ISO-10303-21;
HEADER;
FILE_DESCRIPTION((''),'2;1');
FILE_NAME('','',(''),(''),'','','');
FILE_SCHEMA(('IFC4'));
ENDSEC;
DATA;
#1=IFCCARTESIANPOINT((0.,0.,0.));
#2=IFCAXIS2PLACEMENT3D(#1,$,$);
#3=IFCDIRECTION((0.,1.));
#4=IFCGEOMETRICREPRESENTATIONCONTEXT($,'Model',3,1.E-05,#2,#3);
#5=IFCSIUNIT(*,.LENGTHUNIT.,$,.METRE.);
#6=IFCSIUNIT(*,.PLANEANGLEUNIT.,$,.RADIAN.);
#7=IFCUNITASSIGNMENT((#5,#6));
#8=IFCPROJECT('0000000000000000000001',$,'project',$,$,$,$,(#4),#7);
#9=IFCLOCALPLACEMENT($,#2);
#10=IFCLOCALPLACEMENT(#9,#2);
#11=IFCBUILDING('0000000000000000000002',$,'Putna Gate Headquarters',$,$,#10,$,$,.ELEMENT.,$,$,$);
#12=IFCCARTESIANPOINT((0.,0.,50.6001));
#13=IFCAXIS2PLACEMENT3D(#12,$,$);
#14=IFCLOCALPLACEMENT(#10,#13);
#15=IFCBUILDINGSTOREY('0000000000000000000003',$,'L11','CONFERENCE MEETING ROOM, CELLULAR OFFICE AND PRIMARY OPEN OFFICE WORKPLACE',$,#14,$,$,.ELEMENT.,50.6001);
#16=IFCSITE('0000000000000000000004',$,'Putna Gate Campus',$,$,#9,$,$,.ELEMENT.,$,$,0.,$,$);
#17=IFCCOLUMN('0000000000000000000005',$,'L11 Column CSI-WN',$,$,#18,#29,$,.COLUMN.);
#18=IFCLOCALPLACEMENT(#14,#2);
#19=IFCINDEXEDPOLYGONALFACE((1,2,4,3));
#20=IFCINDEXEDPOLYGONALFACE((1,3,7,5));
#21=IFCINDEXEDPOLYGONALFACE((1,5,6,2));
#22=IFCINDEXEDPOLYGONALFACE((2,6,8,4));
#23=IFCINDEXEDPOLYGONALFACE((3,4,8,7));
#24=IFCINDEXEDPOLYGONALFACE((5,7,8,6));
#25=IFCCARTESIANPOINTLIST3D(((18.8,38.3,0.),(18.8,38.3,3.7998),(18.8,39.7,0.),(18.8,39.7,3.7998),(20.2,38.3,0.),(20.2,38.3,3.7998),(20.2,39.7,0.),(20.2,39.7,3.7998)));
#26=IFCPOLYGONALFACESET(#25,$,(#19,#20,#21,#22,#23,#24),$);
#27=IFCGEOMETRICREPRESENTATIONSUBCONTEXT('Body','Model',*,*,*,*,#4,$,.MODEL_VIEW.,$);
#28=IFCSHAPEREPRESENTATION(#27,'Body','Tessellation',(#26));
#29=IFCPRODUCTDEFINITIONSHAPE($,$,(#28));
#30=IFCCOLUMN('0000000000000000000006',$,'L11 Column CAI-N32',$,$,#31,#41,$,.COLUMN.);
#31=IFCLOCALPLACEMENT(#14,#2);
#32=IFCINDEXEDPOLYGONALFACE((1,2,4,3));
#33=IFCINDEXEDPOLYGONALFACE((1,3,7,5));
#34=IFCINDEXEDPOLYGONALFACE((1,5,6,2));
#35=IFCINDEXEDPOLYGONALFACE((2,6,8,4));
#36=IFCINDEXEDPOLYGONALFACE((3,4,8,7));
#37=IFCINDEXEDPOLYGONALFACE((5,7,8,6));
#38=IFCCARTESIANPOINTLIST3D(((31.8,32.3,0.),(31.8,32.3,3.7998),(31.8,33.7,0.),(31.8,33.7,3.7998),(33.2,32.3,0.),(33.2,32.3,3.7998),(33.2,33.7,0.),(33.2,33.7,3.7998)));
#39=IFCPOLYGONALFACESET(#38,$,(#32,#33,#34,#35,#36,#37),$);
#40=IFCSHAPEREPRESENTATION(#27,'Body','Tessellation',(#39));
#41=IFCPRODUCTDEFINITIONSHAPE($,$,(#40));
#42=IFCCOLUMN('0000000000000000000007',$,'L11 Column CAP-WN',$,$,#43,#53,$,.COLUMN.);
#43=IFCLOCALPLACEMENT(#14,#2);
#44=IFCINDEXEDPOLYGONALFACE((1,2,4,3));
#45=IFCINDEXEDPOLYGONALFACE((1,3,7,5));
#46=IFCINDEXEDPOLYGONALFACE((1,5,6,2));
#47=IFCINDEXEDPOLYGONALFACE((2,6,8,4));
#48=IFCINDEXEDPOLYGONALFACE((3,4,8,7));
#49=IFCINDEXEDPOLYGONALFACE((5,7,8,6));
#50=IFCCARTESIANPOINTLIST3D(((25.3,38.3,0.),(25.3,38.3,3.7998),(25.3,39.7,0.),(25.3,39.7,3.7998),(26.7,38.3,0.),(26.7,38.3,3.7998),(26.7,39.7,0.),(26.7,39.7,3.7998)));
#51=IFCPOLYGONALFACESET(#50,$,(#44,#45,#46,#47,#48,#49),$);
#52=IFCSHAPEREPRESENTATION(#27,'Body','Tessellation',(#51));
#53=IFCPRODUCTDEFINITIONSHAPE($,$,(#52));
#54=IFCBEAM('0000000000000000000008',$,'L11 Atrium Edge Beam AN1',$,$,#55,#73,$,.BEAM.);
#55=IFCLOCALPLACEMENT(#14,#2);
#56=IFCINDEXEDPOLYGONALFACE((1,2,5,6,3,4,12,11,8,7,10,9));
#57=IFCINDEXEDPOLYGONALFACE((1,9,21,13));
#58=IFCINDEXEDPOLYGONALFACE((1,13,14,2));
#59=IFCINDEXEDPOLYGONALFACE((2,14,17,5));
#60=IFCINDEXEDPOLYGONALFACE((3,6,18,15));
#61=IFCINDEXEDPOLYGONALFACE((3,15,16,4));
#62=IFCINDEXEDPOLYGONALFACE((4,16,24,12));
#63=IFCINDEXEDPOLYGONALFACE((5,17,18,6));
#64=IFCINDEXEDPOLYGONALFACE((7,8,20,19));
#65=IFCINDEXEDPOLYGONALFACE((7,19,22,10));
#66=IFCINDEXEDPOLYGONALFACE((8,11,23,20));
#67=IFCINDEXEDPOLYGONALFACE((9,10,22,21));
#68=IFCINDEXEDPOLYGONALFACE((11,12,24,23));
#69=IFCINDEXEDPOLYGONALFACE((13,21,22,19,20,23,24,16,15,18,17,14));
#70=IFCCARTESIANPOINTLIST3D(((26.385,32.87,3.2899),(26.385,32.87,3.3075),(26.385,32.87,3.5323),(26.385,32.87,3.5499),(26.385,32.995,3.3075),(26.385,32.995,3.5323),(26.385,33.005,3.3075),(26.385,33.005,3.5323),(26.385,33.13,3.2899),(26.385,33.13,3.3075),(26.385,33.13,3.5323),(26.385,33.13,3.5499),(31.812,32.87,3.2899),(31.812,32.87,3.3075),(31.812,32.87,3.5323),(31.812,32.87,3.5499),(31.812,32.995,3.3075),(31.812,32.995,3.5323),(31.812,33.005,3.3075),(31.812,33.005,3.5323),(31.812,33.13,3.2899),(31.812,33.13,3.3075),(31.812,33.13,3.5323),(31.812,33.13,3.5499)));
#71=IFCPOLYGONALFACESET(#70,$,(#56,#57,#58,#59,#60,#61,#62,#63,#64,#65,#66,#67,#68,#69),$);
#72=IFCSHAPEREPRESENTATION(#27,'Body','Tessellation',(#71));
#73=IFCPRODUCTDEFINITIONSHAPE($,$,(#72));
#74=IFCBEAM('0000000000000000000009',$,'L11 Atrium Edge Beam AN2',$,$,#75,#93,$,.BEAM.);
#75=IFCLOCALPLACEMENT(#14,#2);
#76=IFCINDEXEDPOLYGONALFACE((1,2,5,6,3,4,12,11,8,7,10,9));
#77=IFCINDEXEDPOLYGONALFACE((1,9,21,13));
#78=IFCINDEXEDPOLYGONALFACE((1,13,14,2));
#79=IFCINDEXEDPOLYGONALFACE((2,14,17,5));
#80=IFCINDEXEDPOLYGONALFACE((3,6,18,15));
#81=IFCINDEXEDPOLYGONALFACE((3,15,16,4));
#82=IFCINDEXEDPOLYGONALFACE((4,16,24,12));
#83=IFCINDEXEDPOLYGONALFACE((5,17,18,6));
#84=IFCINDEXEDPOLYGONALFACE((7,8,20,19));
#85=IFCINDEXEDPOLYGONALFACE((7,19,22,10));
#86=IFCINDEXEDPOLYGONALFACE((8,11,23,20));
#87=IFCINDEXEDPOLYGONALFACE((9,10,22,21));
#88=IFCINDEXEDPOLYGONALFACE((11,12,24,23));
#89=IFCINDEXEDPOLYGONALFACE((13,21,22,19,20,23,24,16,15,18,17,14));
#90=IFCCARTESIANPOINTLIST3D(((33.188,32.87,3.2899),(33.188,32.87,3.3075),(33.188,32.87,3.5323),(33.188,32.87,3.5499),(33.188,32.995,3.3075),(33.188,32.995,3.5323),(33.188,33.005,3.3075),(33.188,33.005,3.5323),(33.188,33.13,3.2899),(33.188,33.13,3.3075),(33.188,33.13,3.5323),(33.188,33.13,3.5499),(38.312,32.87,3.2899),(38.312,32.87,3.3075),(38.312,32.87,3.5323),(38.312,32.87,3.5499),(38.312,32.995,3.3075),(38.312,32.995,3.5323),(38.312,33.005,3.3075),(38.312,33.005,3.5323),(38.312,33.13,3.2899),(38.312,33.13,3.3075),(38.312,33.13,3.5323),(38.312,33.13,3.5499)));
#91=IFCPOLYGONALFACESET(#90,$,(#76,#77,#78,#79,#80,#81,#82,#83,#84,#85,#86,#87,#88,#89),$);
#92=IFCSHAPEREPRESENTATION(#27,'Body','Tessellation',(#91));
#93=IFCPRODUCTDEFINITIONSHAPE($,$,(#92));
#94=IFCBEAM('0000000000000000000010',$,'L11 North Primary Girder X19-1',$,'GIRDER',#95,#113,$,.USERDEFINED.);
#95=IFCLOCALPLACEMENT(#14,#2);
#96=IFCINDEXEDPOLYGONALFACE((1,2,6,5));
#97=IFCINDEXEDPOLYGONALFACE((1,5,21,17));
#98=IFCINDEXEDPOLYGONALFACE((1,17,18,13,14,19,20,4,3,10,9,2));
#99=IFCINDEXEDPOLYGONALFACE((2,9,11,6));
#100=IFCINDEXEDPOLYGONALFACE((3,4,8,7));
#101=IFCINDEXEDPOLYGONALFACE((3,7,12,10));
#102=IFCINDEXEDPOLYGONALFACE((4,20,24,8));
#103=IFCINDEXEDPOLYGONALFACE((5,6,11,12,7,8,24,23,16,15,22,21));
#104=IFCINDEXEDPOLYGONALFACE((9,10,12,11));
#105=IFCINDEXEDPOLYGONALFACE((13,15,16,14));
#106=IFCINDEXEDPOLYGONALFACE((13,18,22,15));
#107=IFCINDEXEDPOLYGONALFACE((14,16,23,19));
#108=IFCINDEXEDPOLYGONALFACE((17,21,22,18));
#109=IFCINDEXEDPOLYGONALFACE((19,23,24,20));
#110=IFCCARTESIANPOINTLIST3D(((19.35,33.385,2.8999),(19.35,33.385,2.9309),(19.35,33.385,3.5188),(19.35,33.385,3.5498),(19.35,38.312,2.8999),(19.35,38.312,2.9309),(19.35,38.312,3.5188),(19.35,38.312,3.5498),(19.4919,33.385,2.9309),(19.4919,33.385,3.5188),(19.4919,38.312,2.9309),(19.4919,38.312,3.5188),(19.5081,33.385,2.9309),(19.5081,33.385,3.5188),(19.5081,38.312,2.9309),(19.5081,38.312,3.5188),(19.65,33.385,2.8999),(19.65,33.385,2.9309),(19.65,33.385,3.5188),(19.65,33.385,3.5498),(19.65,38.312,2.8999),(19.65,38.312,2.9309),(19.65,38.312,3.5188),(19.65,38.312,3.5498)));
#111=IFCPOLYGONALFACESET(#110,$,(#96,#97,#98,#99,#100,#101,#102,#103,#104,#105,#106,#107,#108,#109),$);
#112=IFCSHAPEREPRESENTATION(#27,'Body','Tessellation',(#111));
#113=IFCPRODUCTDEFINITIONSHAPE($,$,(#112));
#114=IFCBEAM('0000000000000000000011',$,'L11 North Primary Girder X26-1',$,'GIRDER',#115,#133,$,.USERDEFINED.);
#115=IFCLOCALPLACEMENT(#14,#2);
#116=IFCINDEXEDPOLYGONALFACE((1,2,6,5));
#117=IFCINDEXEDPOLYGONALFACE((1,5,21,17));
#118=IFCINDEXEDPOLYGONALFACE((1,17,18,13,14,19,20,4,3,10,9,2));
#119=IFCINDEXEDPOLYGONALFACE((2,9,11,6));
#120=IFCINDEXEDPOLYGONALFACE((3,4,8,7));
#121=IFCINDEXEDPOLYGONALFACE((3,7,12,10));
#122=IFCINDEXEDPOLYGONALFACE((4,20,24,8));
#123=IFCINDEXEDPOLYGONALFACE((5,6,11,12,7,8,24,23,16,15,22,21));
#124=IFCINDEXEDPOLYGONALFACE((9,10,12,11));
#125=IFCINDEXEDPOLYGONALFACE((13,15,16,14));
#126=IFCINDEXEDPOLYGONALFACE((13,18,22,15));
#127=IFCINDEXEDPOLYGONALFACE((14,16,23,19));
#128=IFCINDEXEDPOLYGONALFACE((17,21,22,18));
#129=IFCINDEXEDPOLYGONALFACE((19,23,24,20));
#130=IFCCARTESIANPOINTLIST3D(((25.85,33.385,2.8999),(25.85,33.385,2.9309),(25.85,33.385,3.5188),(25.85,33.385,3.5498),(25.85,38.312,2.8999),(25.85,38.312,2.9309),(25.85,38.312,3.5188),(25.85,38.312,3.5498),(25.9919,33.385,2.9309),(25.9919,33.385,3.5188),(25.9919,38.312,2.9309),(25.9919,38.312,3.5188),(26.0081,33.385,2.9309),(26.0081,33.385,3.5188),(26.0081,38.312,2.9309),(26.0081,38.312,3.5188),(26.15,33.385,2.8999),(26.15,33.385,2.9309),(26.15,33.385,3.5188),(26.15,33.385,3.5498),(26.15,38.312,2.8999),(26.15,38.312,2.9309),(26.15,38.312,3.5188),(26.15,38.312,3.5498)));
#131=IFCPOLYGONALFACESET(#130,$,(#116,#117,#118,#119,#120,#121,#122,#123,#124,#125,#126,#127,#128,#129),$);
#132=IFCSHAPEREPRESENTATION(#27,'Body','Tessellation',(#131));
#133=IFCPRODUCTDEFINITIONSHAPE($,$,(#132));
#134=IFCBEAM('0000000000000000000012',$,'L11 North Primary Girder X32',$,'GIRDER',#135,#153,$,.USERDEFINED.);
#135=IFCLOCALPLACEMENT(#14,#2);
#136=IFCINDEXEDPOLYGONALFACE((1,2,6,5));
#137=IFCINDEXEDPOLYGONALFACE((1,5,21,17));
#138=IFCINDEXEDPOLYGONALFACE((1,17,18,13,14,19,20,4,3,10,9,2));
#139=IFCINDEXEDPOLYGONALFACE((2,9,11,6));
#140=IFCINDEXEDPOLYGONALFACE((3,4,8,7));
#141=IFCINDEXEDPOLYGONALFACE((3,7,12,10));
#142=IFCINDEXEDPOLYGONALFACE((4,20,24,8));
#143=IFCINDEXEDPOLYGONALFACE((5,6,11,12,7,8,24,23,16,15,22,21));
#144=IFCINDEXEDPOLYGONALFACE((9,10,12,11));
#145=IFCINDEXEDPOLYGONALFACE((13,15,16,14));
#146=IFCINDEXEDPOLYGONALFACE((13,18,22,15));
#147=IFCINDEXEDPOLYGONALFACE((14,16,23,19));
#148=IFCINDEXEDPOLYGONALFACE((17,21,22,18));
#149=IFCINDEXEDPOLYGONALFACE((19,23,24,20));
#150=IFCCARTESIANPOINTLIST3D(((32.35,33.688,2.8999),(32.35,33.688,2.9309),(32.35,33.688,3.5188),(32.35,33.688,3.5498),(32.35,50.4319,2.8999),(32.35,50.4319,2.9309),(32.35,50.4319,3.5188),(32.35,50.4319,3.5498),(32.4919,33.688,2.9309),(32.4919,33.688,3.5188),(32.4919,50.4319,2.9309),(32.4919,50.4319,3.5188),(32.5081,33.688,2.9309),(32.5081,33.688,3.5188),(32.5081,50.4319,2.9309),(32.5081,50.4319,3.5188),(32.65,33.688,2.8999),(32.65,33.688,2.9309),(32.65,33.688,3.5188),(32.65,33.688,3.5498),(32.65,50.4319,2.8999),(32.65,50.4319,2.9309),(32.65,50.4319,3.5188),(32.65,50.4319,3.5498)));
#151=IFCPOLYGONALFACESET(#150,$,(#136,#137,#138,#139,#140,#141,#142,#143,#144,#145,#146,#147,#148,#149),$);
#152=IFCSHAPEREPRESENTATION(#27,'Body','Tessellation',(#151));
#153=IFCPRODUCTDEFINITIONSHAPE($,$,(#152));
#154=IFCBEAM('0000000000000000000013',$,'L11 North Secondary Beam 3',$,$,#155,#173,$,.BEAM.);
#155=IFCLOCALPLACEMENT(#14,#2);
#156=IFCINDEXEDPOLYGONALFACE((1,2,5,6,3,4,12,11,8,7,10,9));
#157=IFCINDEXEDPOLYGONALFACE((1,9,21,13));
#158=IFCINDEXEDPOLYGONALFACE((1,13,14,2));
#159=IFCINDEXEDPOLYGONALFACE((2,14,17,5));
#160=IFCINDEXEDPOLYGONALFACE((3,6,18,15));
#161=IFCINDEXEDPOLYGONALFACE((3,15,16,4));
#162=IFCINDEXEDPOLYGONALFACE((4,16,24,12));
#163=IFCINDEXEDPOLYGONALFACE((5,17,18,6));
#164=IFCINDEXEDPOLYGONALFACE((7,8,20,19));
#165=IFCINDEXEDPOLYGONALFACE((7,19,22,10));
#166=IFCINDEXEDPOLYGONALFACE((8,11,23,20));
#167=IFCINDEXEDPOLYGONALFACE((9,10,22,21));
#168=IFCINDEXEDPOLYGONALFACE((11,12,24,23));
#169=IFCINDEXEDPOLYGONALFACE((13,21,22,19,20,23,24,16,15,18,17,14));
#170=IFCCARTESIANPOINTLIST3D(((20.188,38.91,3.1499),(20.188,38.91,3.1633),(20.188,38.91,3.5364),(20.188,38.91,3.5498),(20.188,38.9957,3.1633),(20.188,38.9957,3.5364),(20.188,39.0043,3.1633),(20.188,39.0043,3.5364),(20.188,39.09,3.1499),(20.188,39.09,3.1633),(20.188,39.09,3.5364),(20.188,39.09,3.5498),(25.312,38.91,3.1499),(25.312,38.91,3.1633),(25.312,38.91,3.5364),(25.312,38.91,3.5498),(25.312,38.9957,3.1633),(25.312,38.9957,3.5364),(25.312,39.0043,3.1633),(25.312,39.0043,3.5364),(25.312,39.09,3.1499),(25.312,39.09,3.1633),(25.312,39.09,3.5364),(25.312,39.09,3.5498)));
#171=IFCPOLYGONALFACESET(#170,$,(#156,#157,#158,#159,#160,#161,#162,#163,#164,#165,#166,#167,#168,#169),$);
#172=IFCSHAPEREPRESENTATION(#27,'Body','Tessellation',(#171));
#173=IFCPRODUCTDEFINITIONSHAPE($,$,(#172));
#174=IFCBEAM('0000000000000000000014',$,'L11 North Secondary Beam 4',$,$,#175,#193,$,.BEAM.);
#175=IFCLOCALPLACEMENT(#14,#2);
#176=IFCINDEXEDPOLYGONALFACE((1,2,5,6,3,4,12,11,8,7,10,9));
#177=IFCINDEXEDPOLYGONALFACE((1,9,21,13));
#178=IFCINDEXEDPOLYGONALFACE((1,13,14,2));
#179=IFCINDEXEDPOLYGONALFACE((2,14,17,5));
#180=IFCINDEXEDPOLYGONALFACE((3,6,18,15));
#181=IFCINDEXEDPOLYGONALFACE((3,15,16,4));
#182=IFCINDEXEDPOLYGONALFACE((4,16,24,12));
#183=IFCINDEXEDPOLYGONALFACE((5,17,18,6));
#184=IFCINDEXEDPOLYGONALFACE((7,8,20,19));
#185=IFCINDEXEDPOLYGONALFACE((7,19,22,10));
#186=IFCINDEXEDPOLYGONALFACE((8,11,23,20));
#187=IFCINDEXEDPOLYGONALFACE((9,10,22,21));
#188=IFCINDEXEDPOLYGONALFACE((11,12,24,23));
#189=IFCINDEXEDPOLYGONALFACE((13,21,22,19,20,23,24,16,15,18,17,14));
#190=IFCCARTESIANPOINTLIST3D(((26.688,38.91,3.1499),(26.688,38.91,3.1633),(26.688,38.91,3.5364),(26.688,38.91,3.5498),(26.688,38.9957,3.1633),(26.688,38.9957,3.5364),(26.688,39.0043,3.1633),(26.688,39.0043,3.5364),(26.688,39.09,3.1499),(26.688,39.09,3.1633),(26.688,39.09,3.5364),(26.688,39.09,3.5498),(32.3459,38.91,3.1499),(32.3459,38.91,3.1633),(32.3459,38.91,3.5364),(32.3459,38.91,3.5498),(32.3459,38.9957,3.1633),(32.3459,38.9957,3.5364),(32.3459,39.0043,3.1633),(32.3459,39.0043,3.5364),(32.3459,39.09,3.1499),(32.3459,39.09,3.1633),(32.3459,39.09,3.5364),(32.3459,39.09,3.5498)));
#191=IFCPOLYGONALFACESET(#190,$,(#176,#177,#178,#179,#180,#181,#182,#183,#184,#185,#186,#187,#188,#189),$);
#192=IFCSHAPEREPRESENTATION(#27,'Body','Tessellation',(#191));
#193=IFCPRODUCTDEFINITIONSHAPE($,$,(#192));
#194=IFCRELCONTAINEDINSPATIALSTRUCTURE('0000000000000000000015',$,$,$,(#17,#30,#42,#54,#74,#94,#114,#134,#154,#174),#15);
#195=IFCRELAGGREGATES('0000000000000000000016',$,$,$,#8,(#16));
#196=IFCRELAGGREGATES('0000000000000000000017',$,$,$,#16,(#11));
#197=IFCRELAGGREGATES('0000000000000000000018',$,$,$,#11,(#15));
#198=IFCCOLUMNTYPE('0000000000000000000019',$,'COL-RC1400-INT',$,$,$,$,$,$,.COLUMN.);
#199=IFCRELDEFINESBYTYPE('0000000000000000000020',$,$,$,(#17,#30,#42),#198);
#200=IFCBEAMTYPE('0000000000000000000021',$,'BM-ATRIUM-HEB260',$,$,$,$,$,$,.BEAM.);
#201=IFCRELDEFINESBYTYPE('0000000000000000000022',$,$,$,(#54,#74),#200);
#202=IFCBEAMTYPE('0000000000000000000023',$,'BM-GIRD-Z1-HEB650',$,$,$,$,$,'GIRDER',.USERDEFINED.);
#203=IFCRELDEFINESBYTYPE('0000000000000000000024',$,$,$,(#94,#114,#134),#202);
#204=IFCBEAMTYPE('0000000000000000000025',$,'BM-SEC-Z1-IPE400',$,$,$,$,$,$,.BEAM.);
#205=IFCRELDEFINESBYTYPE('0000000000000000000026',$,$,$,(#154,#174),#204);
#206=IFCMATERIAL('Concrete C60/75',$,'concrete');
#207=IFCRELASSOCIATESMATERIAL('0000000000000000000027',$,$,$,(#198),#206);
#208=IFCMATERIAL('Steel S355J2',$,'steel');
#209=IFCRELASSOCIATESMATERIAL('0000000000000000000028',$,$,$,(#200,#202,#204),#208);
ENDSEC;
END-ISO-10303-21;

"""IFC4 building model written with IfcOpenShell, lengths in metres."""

from ifc_helpers import new_model, si_unit, direction, frame, origin, origin_2d, place, context, subcontext, project, spatial, rectangle, i_section, extrude, material, material_profile, profile_set, type_object, element, save


model = new_model("IFC4")

# Units and contexts
model_context = context("Model", 3, precision=1e-05, world=origin(), true_north=direction((0.0, 1.0)))
body_context = subcontext(model_context, "Body", "Model", "MODEL_VIEW")
ifc_project = project(units=[si_unit("LENGTHUNIT", "METRE"), si_unit("PLANEANGLEUNIT", "RADIAN")], contexts=[model_context])

# Site, building, storey
site_placement = place(None, origin())
site = spatial("IfcSite", under=ifc_project, at=site_placement, Name="Putna Gate Campus", CompositionType="ELEMENT", RefElevation=0.0)
building_placement = place(site_placement, origin())
building = spatial("IfcBuilding", under=site, at=building_placement, Name="Putna Gate Headquarters", CompositionType="ELEMENT")
storey_placement = place(building_placement, frame((0.0, 0.0, 50.6001)))
storey = spatial("IfcBuildingStorey", under=building, at=storey_placement, Name="L11", Description="CONFERENCE MEETING ROOM, CELLULAR OFFICE AND PRIMARY OPEN OFFICE WORKPLACE", CompositionType="ELEMENT", Elevation=50.6001)

# Columns
ifc_material_1 = material(Name="Concrete C60/75", Category="concrete")
ifc_material_profile_1 = material_profile(ifc_material_1, rectangle(XDim=1.3999, YDim=1.3999, at=origin_2d()), Name="Concrete C60/75")
ifc_profile_set_1 = profile_set([ifc_material_profile_1], Name="Concrete C60/75")
column_type = type_object("IfcColumnType", Name="COL-RC1400-INT", PredefinedType="COLUMN", material=ifc_profile_set_1)
for number, where, z_axis, x_axis, name in (
    (1, (19.5, 39.0, 0.0), (0.0, 0.0, 1.0), (1.0, 0.0, 0.0), "L11 Column CSI-WN"),
    (2, (32.5, 33.0, 0.0), (0.0, 0.0, 1.0), (1.0, 0.0, 0.0), "L11 Column CAI-N32"),
    (3, (26.0, 39.0, 0.0), (0.0, 0.0, 1.0), (1.0, 0.0, 0.0), "L11 Column CAP-WN"),
):
    element("IfcColumn", number, at=place(storey_placement, frame(where, z_axis=z_axis, x_axis=x_axis)), inside=storey, type_object=column_type, Name=name, PredefinedType="COLUMN", context=body_context, shape_type="SweptSolid", body=[
        extrude(rectangle(XDim=1.3999, YDim=1.3999, at=origin_2d()), origin(), (0.0, 0.0, 1.0), 3.7998),
    ])

# Beams
ifc_material_2 = material(Name="Steel S355J2", Category="steel")
ifc_material_profile_2 = material_profile(ifc_material_2, i_section(OverallWidth=0.26, OverallDepth=0.26, WebThickness=0.01, FlangeThickness=0.0176, at=origin_2d()), Name="Steel S355J2")
ifc_profile_set_2 = profile_set([ifc_material_profile_2], Name="Steel S355J2")
beam_type_1 = type_object("IfcBeamType", Name="BM-ATRIUM-HEB260", PredefinedType="BEAM", material=ifc_profile_set_2)
beam_1_placement = place(storey_placement, frame((26.385, 33.0, 3.4199), z_axis=(1.0, 0.0, 0.0), x_axis=(0.0, 1.0, 0.0)))
element("IfcBeam", 4, at=beam_1_placement, inside=storey, type_object=beam_type_1, Name="L11 Atrium Edge Beam AN1", PredefinedType="BEAM", context=body_context, shape_type="SweptSolid", body=[
    extrude(i_section(OverallWidth=0.26, OverallDepth=0.26, WebThickness=0.01, FlangeThickness=0.0176, at=origin_2d()), origin(), (0.0, 0.0, 1.0), 5.427),
])
beam_2_placement = place(storey_placement, frame((33.188, 33.0, 3.4199), z_axis=(1.0, 0.0, 0.0), x_axis=(0.0, 1.0, 0.0)))
element("IfcBeam", 5, at=beam_2_placement, inside=storey, type_object=beam_type_1, Name="L11 Atrium Edge Beam AN2", PredefinedType="BEAM", context=body_context, shape_type="SweptSolid", body=[
    extrude(i_section(OverallWidth=0.26, OverallDepth=0.26, WebThickness=0.01, FlangeThickness=0.0176, at=origin_2d()), origin(), (0.0, 0.0, 1.0), 5.124),
])
ifc_material_profile_3 = material_profile(ifc_material_2, i_section(OverallWidth=0.3, OverallDepth=0.6499, WebThickness=0.0161, FlangeThickness=0.031, at=origin_2d()), Name="Steel S355J2")
ifc_profile_set_3 = profile_set([ifc_material_profile_3], Name="Steel S355J2")
beam_type_2 = type_object("IfcBeamType", Name="BM-GIRD-Z1-HEB650", ElementType="GIRDER", PredefinedType="USERDEFINED", material=ifc_profile_set_3)
for number, where, z_axis, x_axis, name in (
    (6, (19.5, 33.385, 3.2249), (0.0, 1.0, 0.0), (-1.0, 0.0, 0.0), "L11 North Primary Girder X19-1"),
    (7, (26.0, 33.385, 3.2249), (0.0, 1.0, 0.0), (-1.0, 0.0, 0.0), "L11 North Primary Girder X26-1"),
):
    element("IfcBeam", number, at=place(storey_placement, frame(where, z_axis=z_axis, x_axis=x_axis)), inside=storey, type_object=beam_type_2, Name=name, ObjectType="GIRDER", PredefinedType="USERDEFINED", context=body_context, shape_type="SweptSolid", body=[
        extrude(i_section(OverallWidth=0.3, OverallDepth=0.6499, WebThickness=0.0161, FlangeThickness=0.031, at=origin_2d()), origin(), (0.0, 0.0, 1.0), 4.927),
    ])
beam_3_placement = place(storey_placement, frame((32.5, 33.688, 3.2249), z_axis=(0.0, 1.0, 0.0), x_axis=(-1.0, 0.0, 0.0)))
element("IfcBeam", 8, at=beam_3_placement, inside=storey, type_object=beam_type_2, Name="L11 North Primary Girder X32", ObjectType="GIRDER", PredefinedType="USERDEFINED", context=body_context, shape_type="SweptSolid", body=[
    extrude(i_section(OverallWidth=0.3, OverallDepth=0.6499, WebThickness=0.0161, FlangeThickness=0.031, at=origin_2d()), origin(), (0.0, 0.0, 1.0), 16.7439),
])
ifc_material_profile_4 = material_profile(ifc_material_2, i_section(OverallWidth=0.1799, OverallDepth=0.3999, WebThickness=0.0085, FlangeThickness=0.0134, at=origin_2d()), Name="Steel S355J2")
ifc_profile_set_4 = profile_set([ifc_material_profile_4], Name="Steel S355J2")
beam_type_3 = type_object("IfcBeamType", Name="BM-SEC-Z1-IPE400", PredefinedType="BEAM", material=ifc_profile_set_4)
beam_4_placement = place(storey_placement, frame((20.188, 39.0, 3.3499), z_axis=(1.0, 0.0, 0.0), x_axis=(0.0, 1.0, 0.0)))
element("IfcBeam", 9, at=beam_4_placement, inside=storey, type_object=beam_type_3, Name="L11 North Secondary Beam 3", PredefinedType="BEAM", context=body_context, shape_type="SweptSolid", body=[
    extrude(i_section(OverallWidth=0.1799, OverallDepth=0.3999, WebThickness=0.0085, FlangeThickness=0.0134, at=origin_2d()), origin(), (0.0, 0.0, 1.0), 5.124),
])
beam_5_placement = place(storey_placement, frame((26.688, 39.0, 3.3499), z_axis=(1.0, 0.0, 0.0), x_axis=(0.0, 1.0, 0.0)))
element("IfcBeam", 10, at=beam_5_placement, inside=storey, type_object=beam_type_3, Name="L11 North Secondary Beam 4", PredefinedType="BEAM", context=body_context, shape_type="SweptSolid", body=[
    extrude(i_section(OverallWidth=0.1799, OverallDepth=0.3999, WebThickness=0.0085, FlangeThickness=0.0134, at=origin_2d()), origin(), (0.0, 0.0, 1.0), 5.658),
])

save(model, "model.ifc")
